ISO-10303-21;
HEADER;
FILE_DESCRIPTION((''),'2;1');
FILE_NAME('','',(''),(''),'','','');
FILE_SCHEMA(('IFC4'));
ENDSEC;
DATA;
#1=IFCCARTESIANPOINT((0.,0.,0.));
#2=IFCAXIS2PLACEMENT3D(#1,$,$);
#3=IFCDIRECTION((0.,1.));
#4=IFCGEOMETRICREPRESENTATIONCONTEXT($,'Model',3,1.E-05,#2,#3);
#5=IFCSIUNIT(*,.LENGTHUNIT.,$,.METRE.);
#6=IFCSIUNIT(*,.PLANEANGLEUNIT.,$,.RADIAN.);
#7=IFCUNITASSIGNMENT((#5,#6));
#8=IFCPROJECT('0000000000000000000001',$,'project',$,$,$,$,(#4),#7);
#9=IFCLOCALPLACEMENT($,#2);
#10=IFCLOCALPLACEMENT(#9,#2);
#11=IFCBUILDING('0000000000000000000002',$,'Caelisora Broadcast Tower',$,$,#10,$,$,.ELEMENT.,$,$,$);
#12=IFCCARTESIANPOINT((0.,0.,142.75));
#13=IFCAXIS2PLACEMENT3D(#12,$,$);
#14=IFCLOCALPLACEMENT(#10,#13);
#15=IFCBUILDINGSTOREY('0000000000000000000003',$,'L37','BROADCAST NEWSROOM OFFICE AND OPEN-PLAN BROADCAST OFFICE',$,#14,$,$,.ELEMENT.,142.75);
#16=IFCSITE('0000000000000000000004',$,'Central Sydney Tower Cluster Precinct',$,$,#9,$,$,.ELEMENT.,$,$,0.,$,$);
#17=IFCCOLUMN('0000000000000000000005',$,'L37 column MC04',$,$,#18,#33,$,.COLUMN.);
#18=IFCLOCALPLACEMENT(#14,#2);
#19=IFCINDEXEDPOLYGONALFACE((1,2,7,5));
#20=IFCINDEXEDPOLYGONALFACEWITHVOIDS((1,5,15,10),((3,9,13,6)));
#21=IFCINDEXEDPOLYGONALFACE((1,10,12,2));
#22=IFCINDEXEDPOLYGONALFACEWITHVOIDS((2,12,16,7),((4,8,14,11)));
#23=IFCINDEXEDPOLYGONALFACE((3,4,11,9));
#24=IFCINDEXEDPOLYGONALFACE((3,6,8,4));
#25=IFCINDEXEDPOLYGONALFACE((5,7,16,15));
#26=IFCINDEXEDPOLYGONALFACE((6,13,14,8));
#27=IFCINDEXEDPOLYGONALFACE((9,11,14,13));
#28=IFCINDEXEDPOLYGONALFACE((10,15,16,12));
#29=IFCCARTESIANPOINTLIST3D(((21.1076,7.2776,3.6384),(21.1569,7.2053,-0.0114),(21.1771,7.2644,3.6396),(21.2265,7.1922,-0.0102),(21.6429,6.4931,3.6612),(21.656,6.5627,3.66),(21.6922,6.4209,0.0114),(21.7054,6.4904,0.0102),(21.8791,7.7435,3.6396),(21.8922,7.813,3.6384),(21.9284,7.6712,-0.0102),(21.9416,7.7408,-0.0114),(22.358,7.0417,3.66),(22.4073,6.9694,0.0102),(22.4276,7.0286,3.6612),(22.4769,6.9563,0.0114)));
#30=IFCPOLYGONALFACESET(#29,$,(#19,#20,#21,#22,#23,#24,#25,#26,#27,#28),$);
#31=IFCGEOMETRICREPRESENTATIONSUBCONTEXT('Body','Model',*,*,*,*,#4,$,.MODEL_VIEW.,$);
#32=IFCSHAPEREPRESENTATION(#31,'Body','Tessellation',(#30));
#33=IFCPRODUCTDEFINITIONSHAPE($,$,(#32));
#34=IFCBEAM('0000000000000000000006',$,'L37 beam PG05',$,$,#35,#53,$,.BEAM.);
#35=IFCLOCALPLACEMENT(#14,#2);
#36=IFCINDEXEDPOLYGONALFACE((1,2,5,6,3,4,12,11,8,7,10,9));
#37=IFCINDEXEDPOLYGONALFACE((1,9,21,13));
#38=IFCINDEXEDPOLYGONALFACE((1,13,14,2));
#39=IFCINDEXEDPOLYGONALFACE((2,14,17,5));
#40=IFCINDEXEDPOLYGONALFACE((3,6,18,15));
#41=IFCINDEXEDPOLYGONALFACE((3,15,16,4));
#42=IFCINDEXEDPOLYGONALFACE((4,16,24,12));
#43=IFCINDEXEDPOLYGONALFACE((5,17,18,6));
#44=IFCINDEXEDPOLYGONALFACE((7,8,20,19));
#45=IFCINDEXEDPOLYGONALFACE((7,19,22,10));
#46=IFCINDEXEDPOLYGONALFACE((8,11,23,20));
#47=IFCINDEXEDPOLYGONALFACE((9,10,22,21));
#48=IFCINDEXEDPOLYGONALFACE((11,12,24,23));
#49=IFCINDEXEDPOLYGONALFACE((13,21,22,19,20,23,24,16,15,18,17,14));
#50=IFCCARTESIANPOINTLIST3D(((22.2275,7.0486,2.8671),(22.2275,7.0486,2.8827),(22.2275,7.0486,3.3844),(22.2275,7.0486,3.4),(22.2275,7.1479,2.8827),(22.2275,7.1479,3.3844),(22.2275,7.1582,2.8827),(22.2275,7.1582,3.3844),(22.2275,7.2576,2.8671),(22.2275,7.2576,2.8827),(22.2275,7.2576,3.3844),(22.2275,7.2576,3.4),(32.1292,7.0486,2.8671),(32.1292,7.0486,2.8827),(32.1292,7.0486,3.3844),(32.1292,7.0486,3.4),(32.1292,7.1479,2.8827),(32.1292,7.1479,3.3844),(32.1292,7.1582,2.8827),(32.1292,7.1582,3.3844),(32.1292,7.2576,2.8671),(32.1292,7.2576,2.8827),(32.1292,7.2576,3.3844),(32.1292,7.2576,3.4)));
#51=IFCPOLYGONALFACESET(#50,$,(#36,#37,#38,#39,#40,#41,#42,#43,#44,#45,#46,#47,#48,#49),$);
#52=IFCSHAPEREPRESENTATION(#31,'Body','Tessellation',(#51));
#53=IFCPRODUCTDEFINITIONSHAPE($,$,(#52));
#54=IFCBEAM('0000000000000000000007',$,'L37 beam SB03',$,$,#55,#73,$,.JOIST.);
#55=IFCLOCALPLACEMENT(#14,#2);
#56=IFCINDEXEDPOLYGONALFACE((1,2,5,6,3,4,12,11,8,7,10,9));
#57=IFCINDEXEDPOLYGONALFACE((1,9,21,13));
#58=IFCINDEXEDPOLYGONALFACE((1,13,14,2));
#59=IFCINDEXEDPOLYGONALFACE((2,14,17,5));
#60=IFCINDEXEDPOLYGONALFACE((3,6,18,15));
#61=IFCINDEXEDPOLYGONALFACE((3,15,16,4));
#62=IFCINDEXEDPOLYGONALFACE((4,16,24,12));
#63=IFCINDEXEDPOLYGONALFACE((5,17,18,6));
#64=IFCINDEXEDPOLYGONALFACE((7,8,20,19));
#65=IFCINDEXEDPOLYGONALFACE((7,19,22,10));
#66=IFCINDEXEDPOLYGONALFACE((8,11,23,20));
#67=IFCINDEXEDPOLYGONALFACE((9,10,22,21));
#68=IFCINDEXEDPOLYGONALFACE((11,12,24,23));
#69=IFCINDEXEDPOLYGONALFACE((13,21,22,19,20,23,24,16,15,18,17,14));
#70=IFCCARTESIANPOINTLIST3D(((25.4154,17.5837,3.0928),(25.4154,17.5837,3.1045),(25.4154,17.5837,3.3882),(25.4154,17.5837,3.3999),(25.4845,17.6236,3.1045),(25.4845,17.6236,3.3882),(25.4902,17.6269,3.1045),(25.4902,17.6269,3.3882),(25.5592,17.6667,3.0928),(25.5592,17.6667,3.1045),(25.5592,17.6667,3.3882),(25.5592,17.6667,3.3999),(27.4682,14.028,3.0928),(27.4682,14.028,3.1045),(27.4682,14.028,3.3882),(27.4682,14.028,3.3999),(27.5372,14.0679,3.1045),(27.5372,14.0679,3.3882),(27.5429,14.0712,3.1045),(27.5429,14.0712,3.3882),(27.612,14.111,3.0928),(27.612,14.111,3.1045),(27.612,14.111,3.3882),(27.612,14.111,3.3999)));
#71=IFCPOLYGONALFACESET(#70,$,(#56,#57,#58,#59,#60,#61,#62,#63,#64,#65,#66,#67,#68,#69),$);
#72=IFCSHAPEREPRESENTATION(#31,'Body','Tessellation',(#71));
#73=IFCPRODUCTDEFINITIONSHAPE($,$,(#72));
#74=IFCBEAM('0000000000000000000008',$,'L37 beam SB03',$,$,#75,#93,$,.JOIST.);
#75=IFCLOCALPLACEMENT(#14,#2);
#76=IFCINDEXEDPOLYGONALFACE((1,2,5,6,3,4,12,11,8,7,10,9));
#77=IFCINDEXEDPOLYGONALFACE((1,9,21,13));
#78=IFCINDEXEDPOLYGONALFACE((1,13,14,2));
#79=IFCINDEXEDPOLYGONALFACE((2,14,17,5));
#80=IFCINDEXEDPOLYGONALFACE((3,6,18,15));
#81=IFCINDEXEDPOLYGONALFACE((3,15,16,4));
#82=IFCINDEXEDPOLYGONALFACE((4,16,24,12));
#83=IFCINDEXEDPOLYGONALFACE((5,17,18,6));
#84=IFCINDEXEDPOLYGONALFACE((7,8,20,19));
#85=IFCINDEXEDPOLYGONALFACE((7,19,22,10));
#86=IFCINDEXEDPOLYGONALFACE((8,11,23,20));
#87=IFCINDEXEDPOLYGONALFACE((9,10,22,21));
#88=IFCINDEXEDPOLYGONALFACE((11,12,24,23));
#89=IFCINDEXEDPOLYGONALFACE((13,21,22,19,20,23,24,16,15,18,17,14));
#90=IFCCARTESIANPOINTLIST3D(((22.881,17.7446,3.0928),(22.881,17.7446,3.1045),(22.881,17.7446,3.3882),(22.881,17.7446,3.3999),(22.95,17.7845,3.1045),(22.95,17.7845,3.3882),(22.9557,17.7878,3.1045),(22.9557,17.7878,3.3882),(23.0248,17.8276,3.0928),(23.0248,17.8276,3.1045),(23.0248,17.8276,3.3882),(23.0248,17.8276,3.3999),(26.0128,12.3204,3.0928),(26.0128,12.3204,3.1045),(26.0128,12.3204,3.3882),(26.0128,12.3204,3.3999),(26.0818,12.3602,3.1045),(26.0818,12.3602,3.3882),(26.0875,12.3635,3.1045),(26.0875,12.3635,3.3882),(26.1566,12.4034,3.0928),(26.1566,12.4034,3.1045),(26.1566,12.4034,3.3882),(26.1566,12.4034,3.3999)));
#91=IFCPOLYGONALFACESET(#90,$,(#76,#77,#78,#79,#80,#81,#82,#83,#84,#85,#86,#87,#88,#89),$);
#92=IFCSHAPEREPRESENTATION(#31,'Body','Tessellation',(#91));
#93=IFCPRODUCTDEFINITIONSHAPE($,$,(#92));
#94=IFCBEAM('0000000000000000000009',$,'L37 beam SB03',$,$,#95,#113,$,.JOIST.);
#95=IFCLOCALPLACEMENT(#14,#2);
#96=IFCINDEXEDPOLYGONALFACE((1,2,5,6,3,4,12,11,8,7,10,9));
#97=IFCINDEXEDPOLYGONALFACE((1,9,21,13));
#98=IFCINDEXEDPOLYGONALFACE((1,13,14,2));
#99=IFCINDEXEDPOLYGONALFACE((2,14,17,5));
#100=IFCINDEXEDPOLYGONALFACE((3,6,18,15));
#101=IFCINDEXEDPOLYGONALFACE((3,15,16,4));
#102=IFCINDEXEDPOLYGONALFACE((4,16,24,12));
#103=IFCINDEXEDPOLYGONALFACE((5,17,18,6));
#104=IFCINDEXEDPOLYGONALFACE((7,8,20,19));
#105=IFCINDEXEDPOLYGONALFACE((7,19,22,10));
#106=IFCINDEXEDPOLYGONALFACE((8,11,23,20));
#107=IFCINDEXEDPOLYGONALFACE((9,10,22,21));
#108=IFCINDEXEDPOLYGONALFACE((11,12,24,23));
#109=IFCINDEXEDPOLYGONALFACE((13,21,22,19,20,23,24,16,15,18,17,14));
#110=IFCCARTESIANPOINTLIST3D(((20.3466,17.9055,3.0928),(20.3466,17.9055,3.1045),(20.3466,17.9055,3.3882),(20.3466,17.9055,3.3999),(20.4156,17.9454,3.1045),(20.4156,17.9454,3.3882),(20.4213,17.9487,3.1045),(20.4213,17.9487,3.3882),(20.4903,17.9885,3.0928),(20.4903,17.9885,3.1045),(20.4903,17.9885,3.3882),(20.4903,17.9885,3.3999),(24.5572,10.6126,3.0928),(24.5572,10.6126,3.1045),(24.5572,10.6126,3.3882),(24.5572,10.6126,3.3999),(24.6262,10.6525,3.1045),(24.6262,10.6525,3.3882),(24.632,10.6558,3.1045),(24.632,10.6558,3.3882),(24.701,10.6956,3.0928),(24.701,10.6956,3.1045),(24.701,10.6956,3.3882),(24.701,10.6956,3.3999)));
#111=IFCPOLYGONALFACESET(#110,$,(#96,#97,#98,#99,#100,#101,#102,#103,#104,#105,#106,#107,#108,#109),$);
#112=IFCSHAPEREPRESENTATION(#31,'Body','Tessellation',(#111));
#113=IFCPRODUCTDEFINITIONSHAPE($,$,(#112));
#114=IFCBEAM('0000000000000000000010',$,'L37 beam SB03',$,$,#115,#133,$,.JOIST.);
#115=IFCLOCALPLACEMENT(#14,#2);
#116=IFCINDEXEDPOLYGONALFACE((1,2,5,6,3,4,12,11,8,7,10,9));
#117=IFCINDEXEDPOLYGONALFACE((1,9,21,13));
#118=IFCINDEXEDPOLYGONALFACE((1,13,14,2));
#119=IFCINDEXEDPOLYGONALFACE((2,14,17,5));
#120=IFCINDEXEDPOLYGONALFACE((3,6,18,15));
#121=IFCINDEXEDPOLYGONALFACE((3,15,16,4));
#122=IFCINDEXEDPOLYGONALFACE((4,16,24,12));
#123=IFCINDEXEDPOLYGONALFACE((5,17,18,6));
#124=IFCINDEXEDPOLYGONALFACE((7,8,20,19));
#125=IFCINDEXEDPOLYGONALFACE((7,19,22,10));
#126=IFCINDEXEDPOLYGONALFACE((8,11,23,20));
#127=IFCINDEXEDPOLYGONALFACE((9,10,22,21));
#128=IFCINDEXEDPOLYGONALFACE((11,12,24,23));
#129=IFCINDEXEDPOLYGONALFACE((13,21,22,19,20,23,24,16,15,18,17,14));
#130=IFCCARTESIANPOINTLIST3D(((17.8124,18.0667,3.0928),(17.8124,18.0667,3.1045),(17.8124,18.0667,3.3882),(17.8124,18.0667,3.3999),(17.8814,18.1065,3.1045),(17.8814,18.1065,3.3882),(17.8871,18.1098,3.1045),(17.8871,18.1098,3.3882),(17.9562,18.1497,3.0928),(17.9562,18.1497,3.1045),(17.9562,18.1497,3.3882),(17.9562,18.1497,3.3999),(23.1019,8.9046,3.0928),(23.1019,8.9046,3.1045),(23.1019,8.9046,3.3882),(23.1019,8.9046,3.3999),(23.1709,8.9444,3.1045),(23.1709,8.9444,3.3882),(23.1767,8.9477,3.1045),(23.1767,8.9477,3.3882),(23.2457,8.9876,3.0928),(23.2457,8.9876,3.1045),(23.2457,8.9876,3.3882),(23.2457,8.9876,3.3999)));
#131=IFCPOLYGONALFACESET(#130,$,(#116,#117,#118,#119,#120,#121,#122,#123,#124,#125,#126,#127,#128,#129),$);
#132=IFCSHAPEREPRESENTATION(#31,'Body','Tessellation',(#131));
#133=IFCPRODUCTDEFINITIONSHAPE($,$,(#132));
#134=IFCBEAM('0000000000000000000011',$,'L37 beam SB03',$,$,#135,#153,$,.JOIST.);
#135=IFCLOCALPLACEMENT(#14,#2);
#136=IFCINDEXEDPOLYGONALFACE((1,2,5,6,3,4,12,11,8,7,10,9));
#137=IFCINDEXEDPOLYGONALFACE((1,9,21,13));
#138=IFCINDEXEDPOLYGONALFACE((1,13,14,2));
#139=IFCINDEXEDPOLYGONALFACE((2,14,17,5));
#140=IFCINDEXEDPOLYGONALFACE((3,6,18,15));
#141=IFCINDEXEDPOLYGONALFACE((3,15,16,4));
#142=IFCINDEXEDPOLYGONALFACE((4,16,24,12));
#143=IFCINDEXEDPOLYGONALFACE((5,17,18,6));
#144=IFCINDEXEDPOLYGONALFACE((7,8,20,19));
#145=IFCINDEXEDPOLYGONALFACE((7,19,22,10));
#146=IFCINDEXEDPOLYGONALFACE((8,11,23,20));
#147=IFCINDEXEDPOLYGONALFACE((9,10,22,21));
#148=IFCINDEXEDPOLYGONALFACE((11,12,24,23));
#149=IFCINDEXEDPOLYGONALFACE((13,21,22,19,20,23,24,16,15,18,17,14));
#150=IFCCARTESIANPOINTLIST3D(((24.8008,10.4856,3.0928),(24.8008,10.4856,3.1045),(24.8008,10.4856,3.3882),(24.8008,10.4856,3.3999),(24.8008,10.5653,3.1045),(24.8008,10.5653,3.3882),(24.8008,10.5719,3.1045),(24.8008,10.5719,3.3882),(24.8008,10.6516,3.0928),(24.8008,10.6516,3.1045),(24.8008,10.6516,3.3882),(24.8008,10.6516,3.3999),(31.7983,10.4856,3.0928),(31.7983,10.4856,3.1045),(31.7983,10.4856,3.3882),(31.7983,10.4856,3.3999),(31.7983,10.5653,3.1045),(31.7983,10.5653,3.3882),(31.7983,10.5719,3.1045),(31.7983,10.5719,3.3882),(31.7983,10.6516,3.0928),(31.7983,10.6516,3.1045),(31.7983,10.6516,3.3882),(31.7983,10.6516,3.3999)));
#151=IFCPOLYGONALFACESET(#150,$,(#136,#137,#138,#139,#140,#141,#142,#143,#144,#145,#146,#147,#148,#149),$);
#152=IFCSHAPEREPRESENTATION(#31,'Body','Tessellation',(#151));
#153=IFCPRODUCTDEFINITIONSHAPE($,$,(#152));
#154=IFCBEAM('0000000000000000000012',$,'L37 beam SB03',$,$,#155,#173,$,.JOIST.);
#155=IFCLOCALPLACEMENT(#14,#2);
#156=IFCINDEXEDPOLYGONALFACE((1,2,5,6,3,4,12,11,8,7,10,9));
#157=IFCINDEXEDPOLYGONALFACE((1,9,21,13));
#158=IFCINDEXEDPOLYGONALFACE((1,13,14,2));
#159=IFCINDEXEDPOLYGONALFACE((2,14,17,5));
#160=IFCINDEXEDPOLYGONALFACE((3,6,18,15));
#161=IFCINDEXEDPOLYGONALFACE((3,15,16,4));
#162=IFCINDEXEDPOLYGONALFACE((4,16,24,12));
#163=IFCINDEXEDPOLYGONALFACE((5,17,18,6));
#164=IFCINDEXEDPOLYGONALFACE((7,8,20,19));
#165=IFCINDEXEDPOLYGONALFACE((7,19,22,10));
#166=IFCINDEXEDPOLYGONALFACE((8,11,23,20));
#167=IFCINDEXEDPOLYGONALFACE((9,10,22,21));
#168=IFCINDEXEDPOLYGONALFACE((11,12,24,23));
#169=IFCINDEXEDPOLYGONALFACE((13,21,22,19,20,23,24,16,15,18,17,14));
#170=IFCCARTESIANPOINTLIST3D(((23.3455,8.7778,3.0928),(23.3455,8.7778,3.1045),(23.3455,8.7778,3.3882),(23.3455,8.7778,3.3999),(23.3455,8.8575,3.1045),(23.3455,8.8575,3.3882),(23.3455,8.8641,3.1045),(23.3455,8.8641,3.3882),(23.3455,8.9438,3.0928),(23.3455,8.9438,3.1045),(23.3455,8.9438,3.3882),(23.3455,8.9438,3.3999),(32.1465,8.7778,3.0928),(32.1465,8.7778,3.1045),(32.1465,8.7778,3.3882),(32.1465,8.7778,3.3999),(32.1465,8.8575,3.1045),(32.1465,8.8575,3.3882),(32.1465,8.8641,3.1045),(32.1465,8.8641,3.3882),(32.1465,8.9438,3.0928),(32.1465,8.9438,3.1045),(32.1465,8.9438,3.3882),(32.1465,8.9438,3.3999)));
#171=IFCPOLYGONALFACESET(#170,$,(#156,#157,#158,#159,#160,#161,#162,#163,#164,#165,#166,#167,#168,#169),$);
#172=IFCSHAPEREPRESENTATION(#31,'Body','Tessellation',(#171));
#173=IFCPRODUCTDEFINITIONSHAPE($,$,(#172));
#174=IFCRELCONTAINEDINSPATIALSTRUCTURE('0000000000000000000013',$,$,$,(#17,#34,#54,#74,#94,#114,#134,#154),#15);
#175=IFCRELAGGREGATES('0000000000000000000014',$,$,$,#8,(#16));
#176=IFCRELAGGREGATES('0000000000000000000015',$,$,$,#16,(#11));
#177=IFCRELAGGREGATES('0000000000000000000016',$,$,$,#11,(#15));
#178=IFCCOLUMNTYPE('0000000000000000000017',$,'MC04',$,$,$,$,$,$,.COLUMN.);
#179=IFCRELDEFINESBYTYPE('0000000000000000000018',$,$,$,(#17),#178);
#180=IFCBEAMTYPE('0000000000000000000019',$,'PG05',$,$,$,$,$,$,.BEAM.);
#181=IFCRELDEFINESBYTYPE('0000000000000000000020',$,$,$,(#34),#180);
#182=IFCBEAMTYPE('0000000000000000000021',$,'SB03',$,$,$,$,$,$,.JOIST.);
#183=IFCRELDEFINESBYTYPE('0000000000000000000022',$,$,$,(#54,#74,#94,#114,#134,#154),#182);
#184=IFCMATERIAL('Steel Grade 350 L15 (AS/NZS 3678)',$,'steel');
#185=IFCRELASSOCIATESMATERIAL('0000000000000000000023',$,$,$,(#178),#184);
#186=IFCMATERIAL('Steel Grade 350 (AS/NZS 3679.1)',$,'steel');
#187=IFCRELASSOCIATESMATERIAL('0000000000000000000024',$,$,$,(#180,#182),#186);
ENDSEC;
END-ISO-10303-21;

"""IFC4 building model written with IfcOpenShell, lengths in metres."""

from ifc_helpers import new_model, si_unit, direction, frame, origin, origin_2d, place, context, subcontext, project, spatial, hollow_rectangle, i_section, extrude, source, transform, mapped, material, material_profile, profile_set, type_object, type_shapes, element, save


model = new_model("IFC4")

# Units and contexts
model_context = context("Model", 3, precision=1e-05, world=origin(), true_north=direction((0.0, 1.0)))
body_context = subcontext(model_context, "Body", "Model", "MODEL_VIEW")
ifc_project = project(units=[si_unit("LENGTHUNIT", "METRE"), si_unit("PLANEANGLEUNIT", "RADIAN")], contexts=[model_context])

# Site, building, storey
site_placement = place(None, origin())
site = spatial("IfcSite", under=ifc_project, at=site_placement, Name="Central Sydney Tower Cluster Precinct", CompositionType="ELEMENT", RefElevation=0.0)
building_placement = place(site_placement, origin())
building = spatial("IfcBuilding", under=site, at=building_placement, Name="Caelisora Broadcast Tower", CompositionType="ELEMENT")
storey_placement = place(building_placement, frame((0.0, 0.0, 142.75)))
storey = spatial("IfcBuildingStorey", under=building, at=storey_placement, Name="L37", Description="BROADCAST NEWSROOM OFFICE AND OPEN-PLAN BROADCAST OFFICE", CompositionType="ELEMENT", Elevation=142.75)

# Column
ifc_material_1 = material(Name="Steel Grade 350 L15 (AS/NZS 3678)", Category="steel")
ifc_material_profile_1 = material_profile(ifc_material_1, hollow_rectangle(XDim=0.95, YDim=0.95, WallThickness=0.05, at=origin_2d()), Name="Steel Grade 350 L15 (AS/NZS 3678)")
ifc_profile_set_1 = profile_set([ifc_material_profile_1], Name="Steel Grade 350 L15 (AS/NZS 3678)")
column_type = type_object("IfcColumnType", Name="MC04", PredefinedType="COLUMN", material=ifc_profile_set_1)
shared_shape_1 = source(origin(), body_context, "Body", "SweptSolid", [
    extrude(hollow_rectangle(XDim=0.95, YDim=0.95, WallThickness=0.05, at=origin_2d()), origin(), (0.0, 0.0, 1.0), 3.6509),
])
type_shapes(column_type, [shared_shape_1])
column_placement = place(storey_placement, frame((21.8169, 7.0808, 0.0), z_axis=(-0.013508, 0.019794, 0.999713), x_axis=(-0.825991, -0.563683, 0.0)))
element("IfcColumn", 1, at=column_placement, inside=storey, type_object=column_type, Name="L37 column MC04", PredefinedType="COLUMN", context=body_context, shape_type="MappedRepresentation", body=[
    mapped(shared_shape_1, transform((0.0, 0.0, 0.0), scale=1.0)),
])

# Beams
ifc_material_2 = material(Name="Steel Grade 350 (AS/NZS 3679.1)", Category="steel")
ifc_material_profile_2 = material_profile(ifc_material_2, i_section(OverallWidth=0.209, OverallDepth=0.533, WebThickness=0.0103, FlangeThickness=0.0156, at=origin_2d()), Name="Steel Grade 350 (AS/NZS 3679.1)")
ifc_profile_set_2 = profile_set([ifc_material_profile_2], Name="Steel Grade 350 (AS/NZS 3679.1)")
beam_type_1 = type_object("IfcBeamType", Name="PG05", PredefinedType="BEAM", material=ifc_profile_set_2)
shared_shape_2 = source(origin(), body_context, "Body", "SweptSolid", [
    extrude(i_section(OverallWidth=0.209, OverallDepth=0.533, WebThickness=0.0103, FlangeThickness=0.0156, at=origin_2d()), origin(), (0.0, 0.0, 1.0), 9.9016),
])
type_shapes(beam_type_1, [shared_shape_2])
beam_1_placement = place(storey_placement, frame((22.2275, 7.1531, 3.1335), z_axis=(1.0, 0.0, 0.0), x_axis=(0.0, 1.0, 0.0)))
element("IfcBeam", 2, at=beam_1_placement, inside=storey, type_object=beam_type_1, Name="L37 beam PG05", PredefinedType="BEAM", context=body_context, shape_type="MappedRepresentation", body=[
    mapped(shared_shape_2, transform((0.0, 0.0, 0.0), scale=1.0)),
])
ifc_material_profile_3 = material_profile(ifc_material_2, i_section(OverallWidth=0.166, OverallDepth=0.3071, WebThickness=0.0066, FlangeThickness=0.0117, at=origin_2d()), Name="Steel Grade 350 (AS/NZS 3679.1)")
ifc_profile_set_3 = profile_set([ifc_material_profile_3], Name="Steel Grade 350 (AS/NZS 3679.1)")
beam_type_2 = type_object("IfcBeamType", Name="SB03", PredefinedType="JOIST", material=ifc_profile_set_3)
shared_shape_3 = source(origin(), body_context, "Body", "SweptSolid", [
    extrude(i_section(OverallWidth=0.166, OverallDepth=0.3071, WebThickness=0.0066, FlangeThickness=0.0117, at=origin_2d()), origin(), (0.0, 0.0, 1.0), 4.1057),
])
beam_2_placement = place(storey_placement, frame((25.4873, 17.6252, 3.2463), z_axis=(0.499976, -0.866039, 0.0), x_axis=(0.866039, 0.499976, 0.0)))
element("IfcBeam", 3, at=beam_2_placement, inside=storey, type_object=beam_type_2, Name="L37 beam SB03", PredefinedType="JOIST", context=body_context, shape_type="MappedRepresentation", body=[
    mapped(shared_shape_3, transform((0.0, 0.0, 0.0), scale=1.0)),
])
shared_shape_4 = source(origin(), body_context, "Body", "SweptSolid", [
    extrude(i_section(OverallWidth=0.166, OverallDepth=0.3071, WebThickness=0.0066, FlangeThickness=0.0117, at=origin_2d()), origin(), (0.0, 0.0, 1.0), 6.2634),
])
beam_3_placement = place(storey_placement, frame((22.9529, 17.7861, 3.2463), z_axis=(0.500013, -0.866018, 0.0), x_axis=(0.866018, 0.500013, 0.0)))
element("IfcBeam", 4, at=beam_3_placement, inside=storey, type_object=beam_type_2, Name="L37 beam SB03", PredefinedType="JOIST", context=body_context, shape_type="MappedRepresentation", body=[
    mapped(shared_shape_4, transform((0.0, 0.0, 0.0), scale=1.0)),
])
shared_shape_5 = source(origin(), body_context, "Body", "SweptSolid", [
    extrude(i_section(OverallWidth=0.166, OverallDepth=0.3071, WebThickness=0.0066, FlangeThickness=0.0117, at=origin_2d()), origin(), (0.0, 0.0, 1.0), 8.4211),
])
beam_4_placement = place(storey_placement, frame((20.4185, 17.947, 3.2463), z_axis=(0.500009, -0.86602, 0.0), x_axis=(0.86602, 0.500009, 0.0)))
element("IfcBeam", 5, at=beam_4_placement, inside=storey, type_object=beam_type_2, Name="L37 beam SB03", PredefinedType="JOIST", context=body_context, shape_type="MappedRepresentation", body=[
    mapped(shared_shape_5, transform((0.0, 0.0, 0.0), scale=1.0)),
])
shared_shape_6 = source(origin(), body_context, "Body", "SweptSolid", [
    extrude(i_section(OverallWidth=0.166, OverallDepth=0.3071, WebThickness=0.0066, FlangeThickness=0.0117, at=origin_2d()), origin(), (0.0, 0.0, 1.0), 10.5793),
])
beam_5_placement = place(storey_placement, frame((17.8843, 18.1082, 3.2463), z_axis=(0.499986, -0.866033, 0.0), x_axis=(0.866033, 0.499986, 0.0)))
element("IfcBeam", 6, at=beam_5_placement, inside=storey, type_object=beam_type_2, Name="L37 beam SB03", PredefinedType="JOIST", context=body_context, shape_type="MappedRepresentation", body=[
    mapped(shared_shape_6, transform((0.0, 0.0, 0.0), scale=1.0)),
])
shared_shape_7 = source(origin(), body_context, "Body", "SweptSolid", [
    extrude(i_section(OverallWidth=0.166, OverallDepth=0.3071, WebThickness=0.0066, FlangeThickness=0.0117, at=origin_2d()), origin(), (0.0, 0.0, 1.0), 6.9976),
])
beam_6_placement = place(storey_placement, frame((24.8008, 10.5686, 3.2463), z_axis=(1.0, 0.0, 0.0), x_axis=(0.0, 1.0, 0.0)))
element("IfcBeam", 7, at=beam_6_placement, inside=storey, type_object=beam_type_2, Name="L37 beam SB03", PredefinedType="JOIST", context=body_context, shape_type="MappedRepresentation", body=[
    mapped(shared_shape_7, transform((0.0, 0.0, 0.0), scale=1.0)),
])
shared_shape_8 = source(origin(), body_context, "Body", "SweptSolid", [
    extrude(i_section(OverallWidth=0.166, OverallDepth=0.3071, WebThickness=0.0066, FlangeThickness=0.0117, at=origin_2d()), origin(), (0.0, 0.0, 1.0), 8.801),
])
type_shapes(beam_type_2, [shared_shape_3, shared_shape_4, shared_shape_5, shared_shape_6, shared_shape_7, shared_shape_8])
beam_7_placement = place(storey_placement, frame((23.3455, 8.8608, 3.2463), z_axis=(1.0, 0.0, 0.0), x_axis=(0.0, 1.0, 0.0)))
element("IfcBeam", 8, at=beam_7_placement, inside=storey, type_object=beam_type_2, Name="L37 beam SB03", PredefinedType="JOIST", context=body_context, shape_type="MappedRepresentation", body=[
    mapped(shared_shape_8, transform((0.0, 0.0, 0.0), scale=1.0)),
])

save(model, "model.ifc")
